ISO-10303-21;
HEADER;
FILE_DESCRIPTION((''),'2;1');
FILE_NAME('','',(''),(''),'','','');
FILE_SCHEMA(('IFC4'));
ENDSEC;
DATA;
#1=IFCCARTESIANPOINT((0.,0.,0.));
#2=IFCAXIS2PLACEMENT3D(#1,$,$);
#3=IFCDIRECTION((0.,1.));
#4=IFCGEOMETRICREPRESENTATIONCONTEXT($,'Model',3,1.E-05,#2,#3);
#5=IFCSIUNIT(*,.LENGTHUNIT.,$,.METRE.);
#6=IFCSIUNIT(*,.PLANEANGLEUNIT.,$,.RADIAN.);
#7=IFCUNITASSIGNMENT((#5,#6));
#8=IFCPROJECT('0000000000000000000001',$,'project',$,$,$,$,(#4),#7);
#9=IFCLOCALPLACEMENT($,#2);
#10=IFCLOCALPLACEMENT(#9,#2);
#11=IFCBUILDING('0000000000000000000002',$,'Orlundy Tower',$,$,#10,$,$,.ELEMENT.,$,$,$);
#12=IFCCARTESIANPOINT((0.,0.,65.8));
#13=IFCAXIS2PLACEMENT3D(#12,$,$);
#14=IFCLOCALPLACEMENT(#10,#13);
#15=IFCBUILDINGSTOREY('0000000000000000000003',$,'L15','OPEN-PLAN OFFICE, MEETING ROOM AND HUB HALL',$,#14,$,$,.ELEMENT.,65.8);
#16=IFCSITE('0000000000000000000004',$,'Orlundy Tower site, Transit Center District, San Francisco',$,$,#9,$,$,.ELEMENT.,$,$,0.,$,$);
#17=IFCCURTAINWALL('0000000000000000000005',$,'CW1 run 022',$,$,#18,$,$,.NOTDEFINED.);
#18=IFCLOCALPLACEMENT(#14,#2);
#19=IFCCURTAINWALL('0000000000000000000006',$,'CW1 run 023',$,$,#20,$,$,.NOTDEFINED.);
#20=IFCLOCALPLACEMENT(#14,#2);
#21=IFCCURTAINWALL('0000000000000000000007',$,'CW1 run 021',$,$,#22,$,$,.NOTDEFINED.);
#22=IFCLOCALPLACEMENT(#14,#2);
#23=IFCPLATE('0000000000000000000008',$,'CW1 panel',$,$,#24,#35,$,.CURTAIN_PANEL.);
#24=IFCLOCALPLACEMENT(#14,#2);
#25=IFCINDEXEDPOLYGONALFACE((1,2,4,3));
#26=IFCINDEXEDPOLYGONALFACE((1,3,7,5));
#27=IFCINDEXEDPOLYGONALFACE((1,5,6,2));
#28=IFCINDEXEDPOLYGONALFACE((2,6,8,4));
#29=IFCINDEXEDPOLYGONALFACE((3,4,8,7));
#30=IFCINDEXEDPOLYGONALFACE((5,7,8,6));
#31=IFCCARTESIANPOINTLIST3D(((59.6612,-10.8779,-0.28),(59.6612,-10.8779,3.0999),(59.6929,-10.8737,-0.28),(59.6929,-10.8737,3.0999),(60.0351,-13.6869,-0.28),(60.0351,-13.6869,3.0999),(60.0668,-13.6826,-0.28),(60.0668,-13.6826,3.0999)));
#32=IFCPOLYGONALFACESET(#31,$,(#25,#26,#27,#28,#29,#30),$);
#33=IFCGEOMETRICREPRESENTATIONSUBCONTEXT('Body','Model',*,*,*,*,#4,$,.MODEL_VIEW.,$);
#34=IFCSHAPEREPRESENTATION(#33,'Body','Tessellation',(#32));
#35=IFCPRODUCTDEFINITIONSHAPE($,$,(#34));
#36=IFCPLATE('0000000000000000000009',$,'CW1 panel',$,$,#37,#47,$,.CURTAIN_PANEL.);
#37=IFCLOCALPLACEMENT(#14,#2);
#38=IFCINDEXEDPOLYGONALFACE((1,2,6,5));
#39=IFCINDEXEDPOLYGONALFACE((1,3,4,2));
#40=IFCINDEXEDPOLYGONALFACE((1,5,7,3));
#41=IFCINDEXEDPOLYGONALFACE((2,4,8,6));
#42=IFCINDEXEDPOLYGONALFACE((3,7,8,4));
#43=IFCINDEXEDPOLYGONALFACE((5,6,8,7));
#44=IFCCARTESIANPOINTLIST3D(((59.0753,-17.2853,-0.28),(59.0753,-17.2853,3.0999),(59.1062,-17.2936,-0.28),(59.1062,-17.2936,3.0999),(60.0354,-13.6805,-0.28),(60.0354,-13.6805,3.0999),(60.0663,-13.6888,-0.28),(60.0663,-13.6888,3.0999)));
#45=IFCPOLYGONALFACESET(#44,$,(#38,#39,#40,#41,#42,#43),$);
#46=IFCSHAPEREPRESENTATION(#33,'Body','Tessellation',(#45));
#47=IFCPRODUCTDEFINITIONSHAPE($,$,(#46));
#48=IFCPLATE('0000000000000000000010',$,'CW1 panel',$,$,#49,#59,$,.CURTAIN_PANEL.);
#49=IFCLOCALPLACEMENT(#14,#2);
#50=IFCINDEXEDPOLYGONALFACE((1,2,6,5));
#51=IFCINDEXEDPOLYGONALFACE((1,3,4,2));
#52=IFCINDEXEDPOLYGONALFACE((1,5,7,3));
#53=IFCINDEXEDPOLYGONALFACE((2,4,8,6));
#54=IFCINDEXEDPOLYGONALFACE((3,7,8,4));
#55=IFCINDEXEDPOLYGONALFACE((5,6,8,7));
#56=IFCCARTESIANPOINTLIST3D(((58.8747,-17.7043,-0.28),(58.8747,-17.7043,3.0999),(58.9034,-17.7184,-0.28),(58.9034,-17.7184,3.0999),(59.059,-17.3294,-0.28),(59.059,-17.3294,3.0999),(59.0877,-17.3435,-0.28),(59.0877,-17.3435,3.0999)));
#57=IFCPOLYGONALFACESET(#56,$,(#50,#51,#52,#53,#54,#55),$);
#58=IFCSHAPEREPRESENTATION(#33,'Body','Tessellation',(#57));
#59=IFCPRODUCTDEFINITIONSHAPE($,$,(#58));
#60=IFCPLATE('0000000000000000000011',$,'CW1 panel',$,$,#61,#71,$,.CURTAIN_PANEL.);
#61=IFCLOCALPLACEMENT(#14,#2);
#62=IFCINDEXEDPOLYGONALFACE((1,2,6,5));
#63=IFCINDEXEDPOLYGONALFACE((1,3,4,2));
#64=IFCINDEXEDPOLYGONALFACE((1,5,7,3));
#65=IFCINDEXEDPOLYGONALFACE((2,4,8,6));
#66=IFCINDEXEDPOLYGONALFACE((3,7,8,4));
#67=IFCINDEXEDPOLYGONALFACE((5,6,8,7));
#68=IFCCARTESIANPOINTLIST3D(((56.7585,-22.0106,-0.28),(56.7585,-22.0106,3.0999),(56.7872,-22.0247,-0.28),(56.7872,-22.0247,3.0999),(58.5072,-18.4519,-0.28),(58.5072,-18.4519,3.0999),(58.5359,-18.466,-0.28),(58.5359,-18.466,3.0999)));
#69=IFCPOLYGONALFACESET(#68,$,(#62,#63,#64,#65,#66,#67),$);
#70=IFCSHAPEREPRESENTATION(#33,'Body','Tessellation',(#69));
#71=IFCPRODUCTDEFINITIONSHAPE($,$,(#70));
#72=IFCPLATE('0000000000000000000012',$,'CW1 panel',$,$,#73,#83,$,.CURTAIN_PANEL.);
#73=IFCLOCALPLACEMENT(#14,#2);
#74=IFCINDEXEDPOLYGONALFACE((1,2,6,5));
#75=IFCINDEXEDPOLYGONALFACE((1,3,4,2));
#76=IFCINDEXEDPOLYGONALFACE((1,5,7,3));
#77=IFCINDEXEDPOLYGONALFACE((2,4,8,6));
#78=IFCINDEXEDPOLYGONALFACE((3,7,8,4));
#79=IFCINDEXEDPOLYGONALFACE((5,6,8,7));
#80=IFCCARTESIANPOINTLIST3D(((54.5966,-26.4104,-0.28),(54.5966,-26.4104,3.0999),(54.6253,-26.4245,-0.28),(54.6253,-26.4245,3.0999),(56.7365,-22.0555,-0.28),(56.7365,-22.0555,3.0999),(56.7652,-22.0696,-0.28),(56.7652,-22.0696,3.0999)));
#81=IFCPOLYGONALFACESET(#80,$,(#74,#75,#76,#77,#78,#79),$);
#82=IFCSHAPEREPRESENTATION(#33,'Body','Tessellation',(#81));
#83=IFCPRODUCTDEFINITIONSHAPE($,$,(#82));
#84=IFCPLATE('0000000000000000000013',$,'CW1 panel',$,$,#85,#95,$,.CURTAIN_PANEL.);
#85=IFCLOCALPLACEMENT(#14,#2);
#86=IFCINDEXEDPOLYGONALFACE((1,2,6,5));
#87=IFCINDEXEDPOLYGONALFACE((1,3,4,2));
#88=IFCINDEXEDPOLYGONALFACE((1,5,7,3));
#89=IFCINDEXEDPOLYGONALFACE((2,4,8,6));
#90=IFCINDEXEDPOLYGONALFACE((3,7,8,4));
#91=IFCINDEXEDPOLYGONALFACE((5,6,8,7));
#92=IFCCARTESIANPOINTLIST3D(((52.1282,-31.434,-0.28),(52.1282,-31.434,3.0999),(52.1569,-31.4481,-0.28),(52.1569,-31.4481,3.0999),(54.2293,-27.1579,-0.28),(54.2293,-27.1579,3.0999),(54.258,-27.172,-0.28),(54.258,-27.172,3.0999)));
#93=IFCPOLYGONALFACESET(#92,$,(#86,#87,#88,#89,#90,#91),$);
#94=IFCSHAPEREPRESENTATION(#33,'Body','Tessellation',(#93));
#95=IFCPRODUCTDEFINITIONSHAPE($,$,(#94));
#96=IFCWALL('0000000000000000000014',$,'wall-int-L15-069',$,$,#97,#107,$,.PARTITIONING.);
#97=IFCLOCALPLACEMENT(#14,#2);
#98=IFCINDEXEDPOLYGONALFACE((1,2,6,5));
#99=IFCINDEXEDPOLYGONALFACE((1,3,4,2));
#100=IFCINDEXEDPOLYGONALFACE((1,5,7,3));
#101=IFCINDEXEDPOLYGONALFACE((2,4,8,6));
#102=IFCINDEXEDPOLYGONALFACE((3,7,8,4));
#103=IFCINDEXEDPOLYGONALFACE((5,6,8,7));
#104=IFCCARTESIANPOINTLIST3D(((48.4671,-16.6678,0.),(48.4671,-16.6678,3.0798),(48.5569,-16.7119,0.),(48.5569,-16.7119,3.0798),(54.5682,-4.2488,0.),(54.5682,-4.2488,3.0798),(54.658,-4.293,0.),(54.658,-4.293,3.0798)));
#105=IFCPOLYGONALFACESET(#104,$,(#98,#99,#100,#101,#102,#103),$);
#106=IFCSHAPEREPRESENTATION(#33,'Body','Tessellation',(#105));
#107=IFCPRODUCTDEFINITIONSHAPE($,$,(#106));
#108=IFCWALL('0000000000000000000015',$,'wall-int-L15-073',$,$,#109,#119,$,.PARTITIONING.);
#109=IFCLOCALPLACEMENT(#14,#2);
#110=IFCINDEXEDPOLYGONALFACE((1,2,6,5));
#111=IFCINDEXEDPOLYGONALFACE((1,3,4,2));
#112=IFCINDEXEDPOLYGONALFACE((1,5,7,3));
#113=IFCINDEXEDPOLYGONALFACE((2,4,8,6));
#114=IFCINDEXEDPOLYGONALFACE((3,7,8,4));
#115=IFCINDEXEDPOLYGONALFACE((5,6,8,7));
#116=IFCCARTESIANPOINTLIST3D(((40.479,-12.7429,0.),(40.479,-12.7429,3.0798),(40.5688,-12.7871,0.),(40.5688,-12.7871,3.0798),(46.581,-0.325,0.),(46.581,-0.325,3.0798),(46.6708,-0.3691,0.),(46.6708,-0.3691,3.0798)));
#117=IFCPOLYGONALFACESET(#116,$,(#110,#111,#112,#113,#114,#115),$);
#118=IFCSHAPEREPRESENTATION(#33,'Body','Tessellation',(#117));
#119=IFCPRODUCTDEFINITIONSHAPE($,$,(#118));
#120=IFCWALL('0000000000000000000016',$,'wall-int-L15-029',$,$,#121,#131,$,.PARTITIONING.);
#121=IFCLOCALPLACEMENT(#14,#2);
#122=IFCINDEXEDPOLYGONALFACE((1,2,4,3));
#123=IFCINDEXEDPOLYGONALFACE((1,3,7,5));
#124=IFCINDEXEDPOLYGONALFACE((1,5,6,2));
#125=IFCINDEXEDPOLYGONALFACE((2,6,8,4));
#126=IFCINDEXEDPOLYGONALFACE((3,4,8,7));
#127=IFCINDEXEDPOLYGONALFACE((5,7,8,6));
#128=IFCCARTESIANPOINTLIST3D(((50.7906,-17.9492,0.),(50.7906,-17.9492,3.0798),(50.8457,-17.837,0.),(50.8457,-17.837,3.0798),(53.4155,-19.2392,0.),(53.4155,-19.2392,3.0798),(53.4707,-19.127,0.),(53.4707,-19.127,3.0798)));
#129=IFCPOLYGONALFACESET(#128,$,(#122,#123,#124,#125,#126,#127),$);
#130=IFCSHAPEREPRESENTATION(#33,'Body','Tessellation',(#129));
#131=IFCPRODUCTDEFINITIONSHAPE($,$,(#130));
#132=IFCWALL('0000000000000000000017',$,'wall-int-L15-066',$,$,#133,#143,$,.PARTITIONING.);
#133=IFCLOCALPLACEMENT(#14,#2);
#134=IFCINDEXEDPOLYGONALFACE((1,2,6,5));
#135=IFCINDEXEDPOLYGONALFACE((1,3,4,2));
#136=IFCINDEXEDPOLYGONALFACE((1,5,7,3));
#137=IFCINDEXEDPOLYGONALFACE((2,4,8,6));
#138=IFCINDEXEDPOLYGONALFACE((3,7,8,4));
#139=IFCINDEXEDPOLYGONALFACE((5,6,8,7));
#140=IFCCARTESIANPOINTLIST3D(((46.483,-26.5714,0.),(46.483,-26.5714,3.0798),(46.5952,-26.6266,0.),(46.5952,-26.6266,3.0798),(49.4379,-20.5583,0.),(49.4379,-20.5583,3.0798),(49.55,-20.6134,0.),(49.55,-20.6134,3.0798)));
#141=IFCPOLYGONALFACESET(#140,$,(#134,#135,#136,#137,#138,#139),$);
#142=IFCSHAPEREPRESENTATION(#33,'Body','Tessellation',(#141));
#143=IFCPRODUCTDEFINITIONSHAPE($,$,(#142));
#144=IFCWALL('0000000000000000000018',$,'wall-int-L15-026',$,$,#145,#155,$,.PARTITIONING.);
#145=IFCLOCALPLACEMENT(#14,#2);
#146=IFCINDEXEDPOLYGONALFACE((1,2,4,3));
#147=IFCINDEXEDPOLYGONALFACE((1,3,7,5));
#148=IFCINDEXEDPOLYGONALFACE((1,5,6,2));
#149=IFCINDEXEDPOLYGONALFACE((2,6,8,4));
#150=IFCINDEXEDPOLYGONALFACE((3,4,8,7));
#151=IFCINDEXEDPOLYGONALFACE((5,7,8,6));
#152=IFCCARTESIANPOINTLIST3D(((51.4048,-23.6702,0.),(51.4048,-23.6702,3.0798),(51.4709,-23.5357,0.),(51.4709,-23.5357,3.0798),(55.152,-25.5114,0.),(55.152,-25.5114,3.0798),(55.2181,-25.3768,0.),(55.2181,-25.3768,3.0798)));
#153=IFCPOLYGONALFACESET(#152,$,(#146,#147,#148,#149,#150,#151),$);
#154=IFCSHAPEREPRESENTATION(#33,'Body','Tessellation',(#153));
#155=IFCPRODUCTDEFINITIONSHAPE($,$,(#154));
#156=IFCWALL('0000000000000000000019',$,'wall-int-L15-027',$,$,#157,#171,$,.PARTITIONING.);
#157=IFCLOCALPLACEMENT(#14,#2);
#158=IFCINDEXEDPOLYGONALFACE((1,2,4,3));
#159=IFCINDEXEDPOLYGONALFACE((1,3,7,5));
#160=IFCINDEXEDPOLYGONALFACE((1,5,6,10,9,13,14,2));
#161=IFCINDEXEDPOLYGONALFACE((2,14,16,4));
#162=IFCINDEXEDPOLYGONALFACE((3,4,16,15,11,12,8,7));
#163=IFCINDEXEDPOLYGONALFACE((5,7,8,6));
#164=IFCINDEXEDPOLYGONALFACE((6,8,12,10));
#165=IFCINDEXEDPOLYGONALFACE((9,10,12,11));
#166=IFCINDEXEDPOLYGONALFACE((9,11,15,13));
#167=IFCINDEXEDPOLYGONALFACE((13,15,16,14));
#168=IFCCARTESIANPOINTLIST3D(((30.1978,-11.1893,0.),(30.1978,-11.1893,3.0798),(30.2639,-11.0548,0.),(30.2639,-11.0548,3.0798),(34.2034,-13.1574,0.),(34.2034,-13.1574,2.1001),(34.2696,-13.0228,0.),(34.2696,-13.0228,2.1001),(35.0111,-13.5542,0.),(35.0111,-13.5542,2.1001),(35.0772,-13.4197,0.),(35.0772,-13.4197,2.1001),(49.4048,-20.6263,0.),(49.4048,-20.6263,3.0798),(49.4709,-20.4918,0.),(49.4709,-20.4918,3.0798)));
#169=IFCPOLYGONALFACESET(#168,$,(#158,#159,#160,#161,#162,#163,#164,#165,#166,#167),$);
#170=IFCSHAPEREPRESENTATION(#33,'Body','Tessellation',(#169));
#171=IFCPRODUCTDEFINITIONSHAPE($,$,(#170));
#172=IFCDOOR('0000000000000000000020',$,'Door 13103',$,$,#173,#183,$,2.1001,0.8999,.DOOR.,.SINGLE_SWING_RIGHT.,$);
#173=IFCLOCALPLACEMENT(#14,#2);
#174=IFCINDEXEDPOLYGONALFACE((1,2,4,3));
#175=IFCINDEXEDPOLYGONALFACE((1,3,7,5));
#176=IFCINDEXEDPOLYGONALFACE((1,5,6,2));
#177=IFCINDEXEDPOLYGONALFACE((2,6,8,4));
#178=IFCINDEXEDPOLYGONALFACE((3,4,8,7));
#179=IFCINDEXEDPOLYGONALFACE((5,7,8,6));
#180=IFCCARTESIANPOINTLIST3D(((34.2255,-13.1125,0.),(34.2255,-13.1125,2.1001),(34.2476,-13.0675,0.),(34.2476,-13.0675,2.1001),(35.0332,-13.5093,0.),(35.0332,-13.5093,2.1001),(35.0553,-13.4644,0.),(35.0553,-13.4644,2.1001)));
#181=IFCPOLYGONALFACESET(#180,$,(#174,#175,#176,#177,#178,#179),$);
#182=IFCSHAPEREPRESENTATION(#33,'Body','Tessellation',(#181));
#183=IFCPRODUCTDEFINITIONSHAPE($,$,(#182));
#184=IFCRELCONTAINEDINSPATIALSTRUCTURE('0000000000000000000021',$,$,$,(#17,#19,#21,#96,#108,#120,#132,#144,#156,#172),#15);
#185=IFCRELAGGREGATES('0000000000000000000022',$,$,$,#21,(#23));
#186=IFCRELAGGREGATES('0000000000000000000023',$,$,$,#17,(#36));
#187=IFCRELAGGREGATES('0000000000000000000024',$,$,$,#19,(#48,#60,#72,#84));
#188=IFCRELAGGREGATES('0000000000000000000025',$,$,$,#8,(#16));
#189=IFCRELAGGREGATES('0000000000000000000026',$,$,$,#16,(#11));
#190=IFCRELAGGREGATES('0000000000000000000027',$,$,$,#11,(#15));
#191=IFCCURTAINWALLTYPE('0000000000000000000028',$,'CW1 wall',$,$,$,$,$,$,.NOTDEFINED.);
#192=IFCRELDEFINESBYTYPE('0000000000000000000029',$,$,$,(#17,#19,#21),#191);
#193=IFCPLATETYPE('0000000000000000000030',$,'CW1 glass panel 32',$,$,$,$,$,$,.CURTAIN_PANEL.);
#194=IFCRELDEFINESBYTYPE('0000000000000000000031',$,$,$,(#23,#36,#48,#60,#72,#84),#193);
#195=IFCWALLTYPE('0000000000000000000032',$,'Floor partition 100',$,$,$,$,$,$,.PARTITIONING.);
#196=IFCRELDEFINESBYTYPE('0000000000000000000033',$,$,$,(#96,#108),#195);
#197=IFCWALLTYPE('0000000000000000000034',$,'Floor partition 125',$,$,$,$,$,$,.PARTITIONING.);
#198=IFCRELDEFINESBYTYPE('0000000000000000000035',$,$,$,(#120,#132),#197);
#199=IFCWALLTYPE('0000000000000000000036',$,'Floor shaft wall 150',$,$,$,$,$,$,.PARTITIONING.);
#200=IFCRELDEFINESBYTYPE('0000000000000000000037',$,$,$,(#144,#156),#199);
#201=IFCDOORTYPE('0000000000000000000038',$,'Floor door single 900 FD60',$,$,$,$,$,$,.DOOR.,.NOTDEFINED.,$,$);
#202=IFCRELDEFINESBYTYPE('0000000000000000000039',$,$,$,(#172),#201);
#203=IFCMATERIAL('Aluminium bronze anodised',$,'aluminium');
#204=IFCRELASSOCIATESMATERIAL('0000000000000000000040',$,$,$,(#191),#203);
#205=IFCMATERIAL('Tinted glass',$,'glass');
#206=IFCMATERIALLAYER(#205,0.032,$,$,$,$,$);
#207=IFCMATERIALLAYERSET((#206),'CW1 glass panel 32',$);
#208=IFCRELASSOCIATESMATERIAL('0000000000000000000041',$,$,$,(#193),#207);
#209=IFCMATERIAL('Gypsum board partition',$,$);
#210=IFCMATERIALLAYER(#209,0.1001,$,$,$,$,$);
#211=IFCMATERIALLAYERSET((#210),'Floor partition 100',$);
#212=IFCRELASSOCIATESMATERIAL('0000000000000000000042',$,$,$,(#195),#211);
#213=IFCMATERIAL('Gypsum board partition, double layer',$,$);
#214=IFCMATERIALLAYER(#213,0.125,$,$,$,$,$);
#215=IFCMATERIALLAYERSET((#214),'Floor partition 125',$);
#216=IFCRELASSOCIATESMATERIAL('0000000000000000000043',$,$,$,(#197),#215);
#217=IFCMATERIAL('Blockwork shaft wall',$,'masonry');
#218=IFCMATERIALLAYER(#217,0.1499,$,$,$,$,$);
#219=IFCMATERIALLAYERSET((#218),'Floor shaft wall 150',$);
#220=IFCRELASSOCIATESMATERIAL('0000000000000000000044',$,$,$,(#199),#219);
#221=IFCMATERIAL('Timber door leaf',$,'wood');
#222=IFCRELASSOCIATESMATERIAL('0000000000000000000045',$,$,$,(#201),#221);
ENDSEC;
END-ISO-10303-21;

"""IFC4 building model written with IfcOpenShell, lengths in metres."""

from ifc_helpers import new_model, si_unit, direction, frame, frame_2d, origin, origin_2d, place, context, subcontext, project, spatial, rectangle, extrude, material, layer, layer_set, type_object, element, fill, aggregate, save


model = new_model("IFC4")

# Units and contexts
model_context = context("Model", 3, precision=1e-05, world=origin(), true_north=direction((0.0, 1.0)))
body_context = subcontext(model_context, "Body", "Model", "MODEL_VIEW")
ifc_project = project(units=[si_unit("LENGTHUNIT", "METRE"), si_unit("PLANEANGLEUNIT", "RADIAN")], contexts=[model_context])

# Site, building, storey
site_placement = place(None, origin())
site = spatial("IfcSite", under=ifc_project, at=site_placement, Name="Orlundy Tower site, Transit Center District, San Francisco", CompositionType="ELEMENT", RefElevation=0.0)
building_placement = place(site_placement, origin())
building = spatial("IfcBuilding", under=site, at=building_placement, Name="Orlundy Tower", CompositionType="ELEMENT")
storey_placement = place(building_placement, frame((0.0, 0.0, 65.8)))
storey = spatial("IfcBuildingStorey", under=building, at=storey_placement, Name="L15", Description="OPEN-PLAN OFFICE, MEETING ROOM AND HUB HALL", CompositionType="ELEMENT", Elevation=65.8)

# Curtain wall
ifc_material_1 = material(Name="Aluminium bronze anodised", Category="aluminium")
curtain_wall_type = type_object("IfcCurtainWallType", Name="CW1 wall", PredefinedType="NOTDEFINED", material=ifc_material_1)
curtain_wall_1_placement = place(storey_placement, origin())
curtain_wall_1 = element("IfcCurtainWall", 1, at=curtain_wall_1_placement, inside=storey, type_object=curtain_wall_type, Name="CW1 run 022", PredefinedType="NOTDEFINED")

# Curtain wall
curtain_wall_2_placement = place(storey_placement, origin())
curtain_wall_2 = element("IfcCurtainWall", 2, at=curtain_wall_2_placement, inside=storey, type_object=curtain_wall_type, Name="CW1 run 023", PredefinedType="NOTDEFINED")

# Curtain wall
curtain_wall_3_placement = place(storey_placement, origin())
curtain_wall_3 = element("IfcCurtainWall", 3, at=curtain_wall_3_placement, inside=storey, type_object=curtain_wall_type, Name="CW1 run 021", PredefinedType="NOTDEFINED")

# Plates
ifc_material_2 = material(Name="Tinted glass", Category="glass")
ifc_layer_1 = layer(ifc_material_2, 0.032)
ifc_layer_set_1 = layer_set([ifc_layer_1], Name="CW1 glass panel 32")
plate_type = type_object("IfcPlateType", Name="CW1 glass panel 32", PredefinedType="CURTAIN_PANEL", material=ifc_layer_set_1)
plate_1_placement = place(storey_placement, frame((59.864, -12.2803, -0.28), z_axis=(0.0, 0.0, 1.0), x_axis=(0.131934, -0.991259, 0.0)))
plate_1 = element("IfcPlate", 4, at=plate_1_placement, type_object=plate_type, Name="CW1 panel", PredefinedType="CURTAIN_PANEL", context=body_context, shape_type="SweptSolid", body=[
    extrude(rectangle(XDim=2.8337, YDim=0.032, at=origin_2d()), origin(), (0.0, 0.0, 1.0), 3.3799),
])
aggregate(curtain_wall_3, [plate_1])
plate_2_placement = place(storey_placement, frame((59.5708, -15.4871, -0.28), z_axis=(0.0, 0.0, 1.0), x_axis=(-0.25736, -0.966315, 0.0)))
plate_2 = element("IfcPlate", 5, at=plate_2_placement, type_object=plate_type, Name="CW1 panel", PredefinedType="CURTAIN_PANEL", context=body_context, shape_type="SweptSolid", body=[
    extrude(rectangle(XDim=3.7305, YDim=0.032, at=origin_2d()), origin(), (0.0, 0.0, 1.0), 3.3799),
])
aggregate(curtain_wall_1, [plate_2])
plate_3_placement = place(storey_placement, frame((58.9812, -17.5239, -0.28), z_axis=(0.0, 0.0, 1.0), x_axis=(-0.441012, -0.897501, 0.0)))
plate_3 = element("IfcPlate", 6, at=plate_3_placement, type_object=plate_type, Name="CW1 panel", PredefinedType="CURTAIN_PANEL", context=body_context, shape_type="SweptSolid", body=[
    extrude(rectangle(XDim=0.4177, YDim=0.032, at=origin_2d()), origin(), (0.0, 0.0, 1.0), 3.3799),
])
plate_4_placement = place(storey_placement, frame((57.6472, -20.2383, -0.28), z_axis=(0.0, 0.0, 1.0), x_axis=(-0.441012, -0.897501, 0.0)))
plate_4 = element("IfcPlate", 7, at=plate_4_placement, type_object=plate_type, Name="CW1 panel", PredefinedType="CURTAIN_PANEL", context=body_context, shape_type="SweptSolid", body=[
    extrude(rectangle(XDim=3.9651, YDim=0.032, at=origin_2d()), origin(), (0.0, 0.0, 1.0), 3.3799),
])
plate_5_placement = place(storey_placement, frame((55.6809, -24.24, -0.28), z_axis=(0.0, 0.0, 1.0), x_axis=(-0.441012, -0.897501, 0.0)))
plate_5 = element("IfcPlate", 8, at=plate_5_placement, type_object=plate_type, Name="CW1 panel", PredefinedType="CURTAIN_PANEL", context=body_context, shape_type="SweptSolid", body=[
    extrude(rectangle(XDim=4.8523, YDim=0.032, at=origin_2d()), origin(), (0.0, 0.0, 1.0), 3.3799),
])
plate_6_placement = place(storey_placement, frame((53.1931, -29.303, -0.28), z_axis=(0.0, 0.0, 1.0), x_axis=(-0.441012, -0.897501, 0.0)))
plate_6 = element("IfcPlate", 9, at=plate_6_placement, type_object=plate_type, Name="CW1 panel", PredefinedType="CURTAIN_PANEL", context=body_context, shape_type="SweptSolid", body=[
    extrude(rectangle(XDim=4.7644, YDim=0.032, at=origin_2d()), origin(), (0.0, 0.0, 1.0), 3.3799),
])
aggregate(curtain_wall_2, [plate_3, plate_4, plate_5, plate_6])

# Walls
ifc_material_3 = material(Name="Gypsum board partition")
ifc_layer_2 = layer(ifc_material_3, 0.1001)
ifc_layer_set_2 = layer_set([ifc_layer_2], Name="Floor partition 100")
wall_type_1 = type_object("IfcWallType", Name="Floor partition 100", PredefinedType="PARTITIONING", material=ifc_layer_set_2)
wall_1_placement = place(storey_placement, frame((48.512, -16.6899, 0.0), z_axis=(0.0, 0.0, 1.0), x_axis=(0.440935, 0.897539, 0.0)))
element("IfcWall", 10, at=wall_1_placement, inside=storey, type_object=wall_type_1, Name="wall-int-L15-069", PredefinedType="PARTITIONING", context=body_context, shape_type="SweptSolid", body=[
    extrude(rectangle(XDim=13.8367, YDim=0.1001, at=frame_2d((6.9185, 0.0))), origin(), (0.0, 0.0, 1.0), 3.0798),
])
wall_2_placement = place(storey_placement, frame((40.5239, -12.7649, 0.0), z_axis=(0.0, 0.0, 1.0), x_axis=(0.44102, 0.897497, 0.0)))
element("IfcWall", 11, at=wall_2_placement, inside=storey, type_object=wall_type_1, Name="wall-int-L15-073", PredefinedType="PARTITIONING", context=body_context, shape_type="SweptSolid", body=[
    extrude(rectangle(XDim=13.8362, YDim=0.1001, at=frame_2d((6.918, 0.0))), origin(), (0.0, 0.0, 1.0), 3.0798),
])
ifc_material_4 = material(Name="Gypsum board partition, double layer")
ifc_layer_3 = layer(ifc_material_4, 0.125)
ifc_layer_set_3 = layer_set([ifc_layer_3], Name="Floor partition 125")
wall_type_2 = type_object("IfcWallType", Name="Floor partition 125", PredefinedType="PARTITIONING", material=ifc_layer_set_3)
wall_3_placement = place(storey_placement, frame((53.4431, -19.1831, 0.0), z_axis=(0.0, 0.0, 1.0), x_axis=(-0.897478, 0.44106, 0.0)))
element("IfcWall", 12, at=wall_3_placement, inside=storey, type_object=wall_type_2, Name="wall-int-L15-029", PredefinedType="PARTITIONING", context=body_context, shape_type="SweptSolid", body=[
    extrude(rectangle(XDim=2.9248, YDim=0.125, at=frame_2d((1.4624, 0.0))), origin(), (0.0, 0.0, 1.0), 3.0798),
])
wall_4_placement = place(storey_placement, frame((46.5391, -26.5991, 0.0), z_axis=(0.0, 0.0, 1.0), x_axis=(0.441023, 0.897496, 0.0)))
element("IfcWall", 13, at=wall_4_placement, inside=storey, type_object=wall_type_2, Name="wall-int-L15-066", PredefinedType="PARTITIONING", context=body_context, shape_type="SweptSolid", body=[
    extrude(rectangle(XDim=6.7, YDim=0.125, at=frame_2d((3.3501, 0.0))), origin(), (0.0, 0.0, 1.0), 3.0798),
])
ifc_material_5 = material(Name="Blockwork shaft wall", Category="masonry")
ifc_layer_4 = layer(ifc_material_5, 0.1499)
ifc_layer_set_4 = layer_set([ifc_layer_4], Name="Floor shaft wall 150")
wall_type_3 = type_object("IfcWallType", Name="Floor shaft wall 150", PredefinedType="PARTITIONING", material=ifc_layer_set_4)
wall_5_placement = place(storey_placement, frame((51.438, -23.603, 0.0), z_axis=(0.0, 0.0, 1.0), x_axis=(0.897517, -0.440981, 0.0)))
element("IfcWall", 14, at=wall_5_placement, inside=storey, type_object=wall_type_3, Name="wall-int-L15-026", PredefinedType="PARTITIONING", context=body_context, shape_type="SweptSolid", body=[
    extrude(rectangle(XDim=4.175, YDim=0.1499, at=frame_2d((2.0874, 0.0))), origin(), (0.0, 0.0, 1.0), 3.0798),
])

# Wall, opening, door
wall_6_placement = place(storey_placement, frame((49.438, -20.5591, 0.0), z_axis=(0.0, 0.0, 1.0), x_axis=(-0.897518, 0.440978, 0.0)))
wall_6 = element("IfcWall", 15, at=wall_6_placement, inside=storey, type_object=wall_type_3, Name="wall-int-L15-027", PredefinedType="PARTITIONING", context=body_context, shape_type="SweptSolid", body=[
    extrude(rectangle(XDim=21.4001, YDim=0.1499, at=frame_2d((10.7002, 0.0))), origin(), (0.0, 0.0, 1.0), 3.0798),
])
opening_placement = place(wall_6_placement, frame((16.0374, 0.0, 0.0)))
opening = element("IfcOpeningElement", 16, at=opening_placement, cuts=wall_6, PredefinedType="OPENING", context=body_context, shape_type="SweptSolid", body=[
    extrude(rectangle(XDim=0.8999, YDim=2.1001, at=frame_2d((0.45, 1.05))), frame((0.0, 0.085, 0.0), z_axis=(0.0, -1.0, 0.0), x_axis=(1.0, 0.0, 0.0)), (0.0, 0.0, 1.0), 0.1699),
])
ifc_material_6 = material(Name="Timber door leaf", Category="wood")
door_type = type_object("IfcDoorType", Name="Floor door single 900 FD60", OperationType="NOTDEFINED", PredefinedType="DOOR", material=ifc_material_6)
door_placement = place(opening_placement, origin())
door = element("IfcDoor", 17, at=door_placement, inside=storey, type_object=door_type, Name="Door 13103", OperationType="SINGLE_SWING_RIGHT", OverallHeight=2.1001, OverallWidth=0.8999, PredefinedType="DOOR", context=body_context, shape_type="SweptSolid", body=[
    extrude(rectangle(XDim=0.8999, YDim=2.1001, at=frame_2d((0.45, 1.05))), frame((0.0, 0.0249, 0.0), z_axis=(0.0, -1.0, 0.0), x_axis=(1.0, 0.0, 0.0)), (0.0, 0.0, 1.0), 0.05),
])
fill(opening, door)

save(model, "model.ifc")
